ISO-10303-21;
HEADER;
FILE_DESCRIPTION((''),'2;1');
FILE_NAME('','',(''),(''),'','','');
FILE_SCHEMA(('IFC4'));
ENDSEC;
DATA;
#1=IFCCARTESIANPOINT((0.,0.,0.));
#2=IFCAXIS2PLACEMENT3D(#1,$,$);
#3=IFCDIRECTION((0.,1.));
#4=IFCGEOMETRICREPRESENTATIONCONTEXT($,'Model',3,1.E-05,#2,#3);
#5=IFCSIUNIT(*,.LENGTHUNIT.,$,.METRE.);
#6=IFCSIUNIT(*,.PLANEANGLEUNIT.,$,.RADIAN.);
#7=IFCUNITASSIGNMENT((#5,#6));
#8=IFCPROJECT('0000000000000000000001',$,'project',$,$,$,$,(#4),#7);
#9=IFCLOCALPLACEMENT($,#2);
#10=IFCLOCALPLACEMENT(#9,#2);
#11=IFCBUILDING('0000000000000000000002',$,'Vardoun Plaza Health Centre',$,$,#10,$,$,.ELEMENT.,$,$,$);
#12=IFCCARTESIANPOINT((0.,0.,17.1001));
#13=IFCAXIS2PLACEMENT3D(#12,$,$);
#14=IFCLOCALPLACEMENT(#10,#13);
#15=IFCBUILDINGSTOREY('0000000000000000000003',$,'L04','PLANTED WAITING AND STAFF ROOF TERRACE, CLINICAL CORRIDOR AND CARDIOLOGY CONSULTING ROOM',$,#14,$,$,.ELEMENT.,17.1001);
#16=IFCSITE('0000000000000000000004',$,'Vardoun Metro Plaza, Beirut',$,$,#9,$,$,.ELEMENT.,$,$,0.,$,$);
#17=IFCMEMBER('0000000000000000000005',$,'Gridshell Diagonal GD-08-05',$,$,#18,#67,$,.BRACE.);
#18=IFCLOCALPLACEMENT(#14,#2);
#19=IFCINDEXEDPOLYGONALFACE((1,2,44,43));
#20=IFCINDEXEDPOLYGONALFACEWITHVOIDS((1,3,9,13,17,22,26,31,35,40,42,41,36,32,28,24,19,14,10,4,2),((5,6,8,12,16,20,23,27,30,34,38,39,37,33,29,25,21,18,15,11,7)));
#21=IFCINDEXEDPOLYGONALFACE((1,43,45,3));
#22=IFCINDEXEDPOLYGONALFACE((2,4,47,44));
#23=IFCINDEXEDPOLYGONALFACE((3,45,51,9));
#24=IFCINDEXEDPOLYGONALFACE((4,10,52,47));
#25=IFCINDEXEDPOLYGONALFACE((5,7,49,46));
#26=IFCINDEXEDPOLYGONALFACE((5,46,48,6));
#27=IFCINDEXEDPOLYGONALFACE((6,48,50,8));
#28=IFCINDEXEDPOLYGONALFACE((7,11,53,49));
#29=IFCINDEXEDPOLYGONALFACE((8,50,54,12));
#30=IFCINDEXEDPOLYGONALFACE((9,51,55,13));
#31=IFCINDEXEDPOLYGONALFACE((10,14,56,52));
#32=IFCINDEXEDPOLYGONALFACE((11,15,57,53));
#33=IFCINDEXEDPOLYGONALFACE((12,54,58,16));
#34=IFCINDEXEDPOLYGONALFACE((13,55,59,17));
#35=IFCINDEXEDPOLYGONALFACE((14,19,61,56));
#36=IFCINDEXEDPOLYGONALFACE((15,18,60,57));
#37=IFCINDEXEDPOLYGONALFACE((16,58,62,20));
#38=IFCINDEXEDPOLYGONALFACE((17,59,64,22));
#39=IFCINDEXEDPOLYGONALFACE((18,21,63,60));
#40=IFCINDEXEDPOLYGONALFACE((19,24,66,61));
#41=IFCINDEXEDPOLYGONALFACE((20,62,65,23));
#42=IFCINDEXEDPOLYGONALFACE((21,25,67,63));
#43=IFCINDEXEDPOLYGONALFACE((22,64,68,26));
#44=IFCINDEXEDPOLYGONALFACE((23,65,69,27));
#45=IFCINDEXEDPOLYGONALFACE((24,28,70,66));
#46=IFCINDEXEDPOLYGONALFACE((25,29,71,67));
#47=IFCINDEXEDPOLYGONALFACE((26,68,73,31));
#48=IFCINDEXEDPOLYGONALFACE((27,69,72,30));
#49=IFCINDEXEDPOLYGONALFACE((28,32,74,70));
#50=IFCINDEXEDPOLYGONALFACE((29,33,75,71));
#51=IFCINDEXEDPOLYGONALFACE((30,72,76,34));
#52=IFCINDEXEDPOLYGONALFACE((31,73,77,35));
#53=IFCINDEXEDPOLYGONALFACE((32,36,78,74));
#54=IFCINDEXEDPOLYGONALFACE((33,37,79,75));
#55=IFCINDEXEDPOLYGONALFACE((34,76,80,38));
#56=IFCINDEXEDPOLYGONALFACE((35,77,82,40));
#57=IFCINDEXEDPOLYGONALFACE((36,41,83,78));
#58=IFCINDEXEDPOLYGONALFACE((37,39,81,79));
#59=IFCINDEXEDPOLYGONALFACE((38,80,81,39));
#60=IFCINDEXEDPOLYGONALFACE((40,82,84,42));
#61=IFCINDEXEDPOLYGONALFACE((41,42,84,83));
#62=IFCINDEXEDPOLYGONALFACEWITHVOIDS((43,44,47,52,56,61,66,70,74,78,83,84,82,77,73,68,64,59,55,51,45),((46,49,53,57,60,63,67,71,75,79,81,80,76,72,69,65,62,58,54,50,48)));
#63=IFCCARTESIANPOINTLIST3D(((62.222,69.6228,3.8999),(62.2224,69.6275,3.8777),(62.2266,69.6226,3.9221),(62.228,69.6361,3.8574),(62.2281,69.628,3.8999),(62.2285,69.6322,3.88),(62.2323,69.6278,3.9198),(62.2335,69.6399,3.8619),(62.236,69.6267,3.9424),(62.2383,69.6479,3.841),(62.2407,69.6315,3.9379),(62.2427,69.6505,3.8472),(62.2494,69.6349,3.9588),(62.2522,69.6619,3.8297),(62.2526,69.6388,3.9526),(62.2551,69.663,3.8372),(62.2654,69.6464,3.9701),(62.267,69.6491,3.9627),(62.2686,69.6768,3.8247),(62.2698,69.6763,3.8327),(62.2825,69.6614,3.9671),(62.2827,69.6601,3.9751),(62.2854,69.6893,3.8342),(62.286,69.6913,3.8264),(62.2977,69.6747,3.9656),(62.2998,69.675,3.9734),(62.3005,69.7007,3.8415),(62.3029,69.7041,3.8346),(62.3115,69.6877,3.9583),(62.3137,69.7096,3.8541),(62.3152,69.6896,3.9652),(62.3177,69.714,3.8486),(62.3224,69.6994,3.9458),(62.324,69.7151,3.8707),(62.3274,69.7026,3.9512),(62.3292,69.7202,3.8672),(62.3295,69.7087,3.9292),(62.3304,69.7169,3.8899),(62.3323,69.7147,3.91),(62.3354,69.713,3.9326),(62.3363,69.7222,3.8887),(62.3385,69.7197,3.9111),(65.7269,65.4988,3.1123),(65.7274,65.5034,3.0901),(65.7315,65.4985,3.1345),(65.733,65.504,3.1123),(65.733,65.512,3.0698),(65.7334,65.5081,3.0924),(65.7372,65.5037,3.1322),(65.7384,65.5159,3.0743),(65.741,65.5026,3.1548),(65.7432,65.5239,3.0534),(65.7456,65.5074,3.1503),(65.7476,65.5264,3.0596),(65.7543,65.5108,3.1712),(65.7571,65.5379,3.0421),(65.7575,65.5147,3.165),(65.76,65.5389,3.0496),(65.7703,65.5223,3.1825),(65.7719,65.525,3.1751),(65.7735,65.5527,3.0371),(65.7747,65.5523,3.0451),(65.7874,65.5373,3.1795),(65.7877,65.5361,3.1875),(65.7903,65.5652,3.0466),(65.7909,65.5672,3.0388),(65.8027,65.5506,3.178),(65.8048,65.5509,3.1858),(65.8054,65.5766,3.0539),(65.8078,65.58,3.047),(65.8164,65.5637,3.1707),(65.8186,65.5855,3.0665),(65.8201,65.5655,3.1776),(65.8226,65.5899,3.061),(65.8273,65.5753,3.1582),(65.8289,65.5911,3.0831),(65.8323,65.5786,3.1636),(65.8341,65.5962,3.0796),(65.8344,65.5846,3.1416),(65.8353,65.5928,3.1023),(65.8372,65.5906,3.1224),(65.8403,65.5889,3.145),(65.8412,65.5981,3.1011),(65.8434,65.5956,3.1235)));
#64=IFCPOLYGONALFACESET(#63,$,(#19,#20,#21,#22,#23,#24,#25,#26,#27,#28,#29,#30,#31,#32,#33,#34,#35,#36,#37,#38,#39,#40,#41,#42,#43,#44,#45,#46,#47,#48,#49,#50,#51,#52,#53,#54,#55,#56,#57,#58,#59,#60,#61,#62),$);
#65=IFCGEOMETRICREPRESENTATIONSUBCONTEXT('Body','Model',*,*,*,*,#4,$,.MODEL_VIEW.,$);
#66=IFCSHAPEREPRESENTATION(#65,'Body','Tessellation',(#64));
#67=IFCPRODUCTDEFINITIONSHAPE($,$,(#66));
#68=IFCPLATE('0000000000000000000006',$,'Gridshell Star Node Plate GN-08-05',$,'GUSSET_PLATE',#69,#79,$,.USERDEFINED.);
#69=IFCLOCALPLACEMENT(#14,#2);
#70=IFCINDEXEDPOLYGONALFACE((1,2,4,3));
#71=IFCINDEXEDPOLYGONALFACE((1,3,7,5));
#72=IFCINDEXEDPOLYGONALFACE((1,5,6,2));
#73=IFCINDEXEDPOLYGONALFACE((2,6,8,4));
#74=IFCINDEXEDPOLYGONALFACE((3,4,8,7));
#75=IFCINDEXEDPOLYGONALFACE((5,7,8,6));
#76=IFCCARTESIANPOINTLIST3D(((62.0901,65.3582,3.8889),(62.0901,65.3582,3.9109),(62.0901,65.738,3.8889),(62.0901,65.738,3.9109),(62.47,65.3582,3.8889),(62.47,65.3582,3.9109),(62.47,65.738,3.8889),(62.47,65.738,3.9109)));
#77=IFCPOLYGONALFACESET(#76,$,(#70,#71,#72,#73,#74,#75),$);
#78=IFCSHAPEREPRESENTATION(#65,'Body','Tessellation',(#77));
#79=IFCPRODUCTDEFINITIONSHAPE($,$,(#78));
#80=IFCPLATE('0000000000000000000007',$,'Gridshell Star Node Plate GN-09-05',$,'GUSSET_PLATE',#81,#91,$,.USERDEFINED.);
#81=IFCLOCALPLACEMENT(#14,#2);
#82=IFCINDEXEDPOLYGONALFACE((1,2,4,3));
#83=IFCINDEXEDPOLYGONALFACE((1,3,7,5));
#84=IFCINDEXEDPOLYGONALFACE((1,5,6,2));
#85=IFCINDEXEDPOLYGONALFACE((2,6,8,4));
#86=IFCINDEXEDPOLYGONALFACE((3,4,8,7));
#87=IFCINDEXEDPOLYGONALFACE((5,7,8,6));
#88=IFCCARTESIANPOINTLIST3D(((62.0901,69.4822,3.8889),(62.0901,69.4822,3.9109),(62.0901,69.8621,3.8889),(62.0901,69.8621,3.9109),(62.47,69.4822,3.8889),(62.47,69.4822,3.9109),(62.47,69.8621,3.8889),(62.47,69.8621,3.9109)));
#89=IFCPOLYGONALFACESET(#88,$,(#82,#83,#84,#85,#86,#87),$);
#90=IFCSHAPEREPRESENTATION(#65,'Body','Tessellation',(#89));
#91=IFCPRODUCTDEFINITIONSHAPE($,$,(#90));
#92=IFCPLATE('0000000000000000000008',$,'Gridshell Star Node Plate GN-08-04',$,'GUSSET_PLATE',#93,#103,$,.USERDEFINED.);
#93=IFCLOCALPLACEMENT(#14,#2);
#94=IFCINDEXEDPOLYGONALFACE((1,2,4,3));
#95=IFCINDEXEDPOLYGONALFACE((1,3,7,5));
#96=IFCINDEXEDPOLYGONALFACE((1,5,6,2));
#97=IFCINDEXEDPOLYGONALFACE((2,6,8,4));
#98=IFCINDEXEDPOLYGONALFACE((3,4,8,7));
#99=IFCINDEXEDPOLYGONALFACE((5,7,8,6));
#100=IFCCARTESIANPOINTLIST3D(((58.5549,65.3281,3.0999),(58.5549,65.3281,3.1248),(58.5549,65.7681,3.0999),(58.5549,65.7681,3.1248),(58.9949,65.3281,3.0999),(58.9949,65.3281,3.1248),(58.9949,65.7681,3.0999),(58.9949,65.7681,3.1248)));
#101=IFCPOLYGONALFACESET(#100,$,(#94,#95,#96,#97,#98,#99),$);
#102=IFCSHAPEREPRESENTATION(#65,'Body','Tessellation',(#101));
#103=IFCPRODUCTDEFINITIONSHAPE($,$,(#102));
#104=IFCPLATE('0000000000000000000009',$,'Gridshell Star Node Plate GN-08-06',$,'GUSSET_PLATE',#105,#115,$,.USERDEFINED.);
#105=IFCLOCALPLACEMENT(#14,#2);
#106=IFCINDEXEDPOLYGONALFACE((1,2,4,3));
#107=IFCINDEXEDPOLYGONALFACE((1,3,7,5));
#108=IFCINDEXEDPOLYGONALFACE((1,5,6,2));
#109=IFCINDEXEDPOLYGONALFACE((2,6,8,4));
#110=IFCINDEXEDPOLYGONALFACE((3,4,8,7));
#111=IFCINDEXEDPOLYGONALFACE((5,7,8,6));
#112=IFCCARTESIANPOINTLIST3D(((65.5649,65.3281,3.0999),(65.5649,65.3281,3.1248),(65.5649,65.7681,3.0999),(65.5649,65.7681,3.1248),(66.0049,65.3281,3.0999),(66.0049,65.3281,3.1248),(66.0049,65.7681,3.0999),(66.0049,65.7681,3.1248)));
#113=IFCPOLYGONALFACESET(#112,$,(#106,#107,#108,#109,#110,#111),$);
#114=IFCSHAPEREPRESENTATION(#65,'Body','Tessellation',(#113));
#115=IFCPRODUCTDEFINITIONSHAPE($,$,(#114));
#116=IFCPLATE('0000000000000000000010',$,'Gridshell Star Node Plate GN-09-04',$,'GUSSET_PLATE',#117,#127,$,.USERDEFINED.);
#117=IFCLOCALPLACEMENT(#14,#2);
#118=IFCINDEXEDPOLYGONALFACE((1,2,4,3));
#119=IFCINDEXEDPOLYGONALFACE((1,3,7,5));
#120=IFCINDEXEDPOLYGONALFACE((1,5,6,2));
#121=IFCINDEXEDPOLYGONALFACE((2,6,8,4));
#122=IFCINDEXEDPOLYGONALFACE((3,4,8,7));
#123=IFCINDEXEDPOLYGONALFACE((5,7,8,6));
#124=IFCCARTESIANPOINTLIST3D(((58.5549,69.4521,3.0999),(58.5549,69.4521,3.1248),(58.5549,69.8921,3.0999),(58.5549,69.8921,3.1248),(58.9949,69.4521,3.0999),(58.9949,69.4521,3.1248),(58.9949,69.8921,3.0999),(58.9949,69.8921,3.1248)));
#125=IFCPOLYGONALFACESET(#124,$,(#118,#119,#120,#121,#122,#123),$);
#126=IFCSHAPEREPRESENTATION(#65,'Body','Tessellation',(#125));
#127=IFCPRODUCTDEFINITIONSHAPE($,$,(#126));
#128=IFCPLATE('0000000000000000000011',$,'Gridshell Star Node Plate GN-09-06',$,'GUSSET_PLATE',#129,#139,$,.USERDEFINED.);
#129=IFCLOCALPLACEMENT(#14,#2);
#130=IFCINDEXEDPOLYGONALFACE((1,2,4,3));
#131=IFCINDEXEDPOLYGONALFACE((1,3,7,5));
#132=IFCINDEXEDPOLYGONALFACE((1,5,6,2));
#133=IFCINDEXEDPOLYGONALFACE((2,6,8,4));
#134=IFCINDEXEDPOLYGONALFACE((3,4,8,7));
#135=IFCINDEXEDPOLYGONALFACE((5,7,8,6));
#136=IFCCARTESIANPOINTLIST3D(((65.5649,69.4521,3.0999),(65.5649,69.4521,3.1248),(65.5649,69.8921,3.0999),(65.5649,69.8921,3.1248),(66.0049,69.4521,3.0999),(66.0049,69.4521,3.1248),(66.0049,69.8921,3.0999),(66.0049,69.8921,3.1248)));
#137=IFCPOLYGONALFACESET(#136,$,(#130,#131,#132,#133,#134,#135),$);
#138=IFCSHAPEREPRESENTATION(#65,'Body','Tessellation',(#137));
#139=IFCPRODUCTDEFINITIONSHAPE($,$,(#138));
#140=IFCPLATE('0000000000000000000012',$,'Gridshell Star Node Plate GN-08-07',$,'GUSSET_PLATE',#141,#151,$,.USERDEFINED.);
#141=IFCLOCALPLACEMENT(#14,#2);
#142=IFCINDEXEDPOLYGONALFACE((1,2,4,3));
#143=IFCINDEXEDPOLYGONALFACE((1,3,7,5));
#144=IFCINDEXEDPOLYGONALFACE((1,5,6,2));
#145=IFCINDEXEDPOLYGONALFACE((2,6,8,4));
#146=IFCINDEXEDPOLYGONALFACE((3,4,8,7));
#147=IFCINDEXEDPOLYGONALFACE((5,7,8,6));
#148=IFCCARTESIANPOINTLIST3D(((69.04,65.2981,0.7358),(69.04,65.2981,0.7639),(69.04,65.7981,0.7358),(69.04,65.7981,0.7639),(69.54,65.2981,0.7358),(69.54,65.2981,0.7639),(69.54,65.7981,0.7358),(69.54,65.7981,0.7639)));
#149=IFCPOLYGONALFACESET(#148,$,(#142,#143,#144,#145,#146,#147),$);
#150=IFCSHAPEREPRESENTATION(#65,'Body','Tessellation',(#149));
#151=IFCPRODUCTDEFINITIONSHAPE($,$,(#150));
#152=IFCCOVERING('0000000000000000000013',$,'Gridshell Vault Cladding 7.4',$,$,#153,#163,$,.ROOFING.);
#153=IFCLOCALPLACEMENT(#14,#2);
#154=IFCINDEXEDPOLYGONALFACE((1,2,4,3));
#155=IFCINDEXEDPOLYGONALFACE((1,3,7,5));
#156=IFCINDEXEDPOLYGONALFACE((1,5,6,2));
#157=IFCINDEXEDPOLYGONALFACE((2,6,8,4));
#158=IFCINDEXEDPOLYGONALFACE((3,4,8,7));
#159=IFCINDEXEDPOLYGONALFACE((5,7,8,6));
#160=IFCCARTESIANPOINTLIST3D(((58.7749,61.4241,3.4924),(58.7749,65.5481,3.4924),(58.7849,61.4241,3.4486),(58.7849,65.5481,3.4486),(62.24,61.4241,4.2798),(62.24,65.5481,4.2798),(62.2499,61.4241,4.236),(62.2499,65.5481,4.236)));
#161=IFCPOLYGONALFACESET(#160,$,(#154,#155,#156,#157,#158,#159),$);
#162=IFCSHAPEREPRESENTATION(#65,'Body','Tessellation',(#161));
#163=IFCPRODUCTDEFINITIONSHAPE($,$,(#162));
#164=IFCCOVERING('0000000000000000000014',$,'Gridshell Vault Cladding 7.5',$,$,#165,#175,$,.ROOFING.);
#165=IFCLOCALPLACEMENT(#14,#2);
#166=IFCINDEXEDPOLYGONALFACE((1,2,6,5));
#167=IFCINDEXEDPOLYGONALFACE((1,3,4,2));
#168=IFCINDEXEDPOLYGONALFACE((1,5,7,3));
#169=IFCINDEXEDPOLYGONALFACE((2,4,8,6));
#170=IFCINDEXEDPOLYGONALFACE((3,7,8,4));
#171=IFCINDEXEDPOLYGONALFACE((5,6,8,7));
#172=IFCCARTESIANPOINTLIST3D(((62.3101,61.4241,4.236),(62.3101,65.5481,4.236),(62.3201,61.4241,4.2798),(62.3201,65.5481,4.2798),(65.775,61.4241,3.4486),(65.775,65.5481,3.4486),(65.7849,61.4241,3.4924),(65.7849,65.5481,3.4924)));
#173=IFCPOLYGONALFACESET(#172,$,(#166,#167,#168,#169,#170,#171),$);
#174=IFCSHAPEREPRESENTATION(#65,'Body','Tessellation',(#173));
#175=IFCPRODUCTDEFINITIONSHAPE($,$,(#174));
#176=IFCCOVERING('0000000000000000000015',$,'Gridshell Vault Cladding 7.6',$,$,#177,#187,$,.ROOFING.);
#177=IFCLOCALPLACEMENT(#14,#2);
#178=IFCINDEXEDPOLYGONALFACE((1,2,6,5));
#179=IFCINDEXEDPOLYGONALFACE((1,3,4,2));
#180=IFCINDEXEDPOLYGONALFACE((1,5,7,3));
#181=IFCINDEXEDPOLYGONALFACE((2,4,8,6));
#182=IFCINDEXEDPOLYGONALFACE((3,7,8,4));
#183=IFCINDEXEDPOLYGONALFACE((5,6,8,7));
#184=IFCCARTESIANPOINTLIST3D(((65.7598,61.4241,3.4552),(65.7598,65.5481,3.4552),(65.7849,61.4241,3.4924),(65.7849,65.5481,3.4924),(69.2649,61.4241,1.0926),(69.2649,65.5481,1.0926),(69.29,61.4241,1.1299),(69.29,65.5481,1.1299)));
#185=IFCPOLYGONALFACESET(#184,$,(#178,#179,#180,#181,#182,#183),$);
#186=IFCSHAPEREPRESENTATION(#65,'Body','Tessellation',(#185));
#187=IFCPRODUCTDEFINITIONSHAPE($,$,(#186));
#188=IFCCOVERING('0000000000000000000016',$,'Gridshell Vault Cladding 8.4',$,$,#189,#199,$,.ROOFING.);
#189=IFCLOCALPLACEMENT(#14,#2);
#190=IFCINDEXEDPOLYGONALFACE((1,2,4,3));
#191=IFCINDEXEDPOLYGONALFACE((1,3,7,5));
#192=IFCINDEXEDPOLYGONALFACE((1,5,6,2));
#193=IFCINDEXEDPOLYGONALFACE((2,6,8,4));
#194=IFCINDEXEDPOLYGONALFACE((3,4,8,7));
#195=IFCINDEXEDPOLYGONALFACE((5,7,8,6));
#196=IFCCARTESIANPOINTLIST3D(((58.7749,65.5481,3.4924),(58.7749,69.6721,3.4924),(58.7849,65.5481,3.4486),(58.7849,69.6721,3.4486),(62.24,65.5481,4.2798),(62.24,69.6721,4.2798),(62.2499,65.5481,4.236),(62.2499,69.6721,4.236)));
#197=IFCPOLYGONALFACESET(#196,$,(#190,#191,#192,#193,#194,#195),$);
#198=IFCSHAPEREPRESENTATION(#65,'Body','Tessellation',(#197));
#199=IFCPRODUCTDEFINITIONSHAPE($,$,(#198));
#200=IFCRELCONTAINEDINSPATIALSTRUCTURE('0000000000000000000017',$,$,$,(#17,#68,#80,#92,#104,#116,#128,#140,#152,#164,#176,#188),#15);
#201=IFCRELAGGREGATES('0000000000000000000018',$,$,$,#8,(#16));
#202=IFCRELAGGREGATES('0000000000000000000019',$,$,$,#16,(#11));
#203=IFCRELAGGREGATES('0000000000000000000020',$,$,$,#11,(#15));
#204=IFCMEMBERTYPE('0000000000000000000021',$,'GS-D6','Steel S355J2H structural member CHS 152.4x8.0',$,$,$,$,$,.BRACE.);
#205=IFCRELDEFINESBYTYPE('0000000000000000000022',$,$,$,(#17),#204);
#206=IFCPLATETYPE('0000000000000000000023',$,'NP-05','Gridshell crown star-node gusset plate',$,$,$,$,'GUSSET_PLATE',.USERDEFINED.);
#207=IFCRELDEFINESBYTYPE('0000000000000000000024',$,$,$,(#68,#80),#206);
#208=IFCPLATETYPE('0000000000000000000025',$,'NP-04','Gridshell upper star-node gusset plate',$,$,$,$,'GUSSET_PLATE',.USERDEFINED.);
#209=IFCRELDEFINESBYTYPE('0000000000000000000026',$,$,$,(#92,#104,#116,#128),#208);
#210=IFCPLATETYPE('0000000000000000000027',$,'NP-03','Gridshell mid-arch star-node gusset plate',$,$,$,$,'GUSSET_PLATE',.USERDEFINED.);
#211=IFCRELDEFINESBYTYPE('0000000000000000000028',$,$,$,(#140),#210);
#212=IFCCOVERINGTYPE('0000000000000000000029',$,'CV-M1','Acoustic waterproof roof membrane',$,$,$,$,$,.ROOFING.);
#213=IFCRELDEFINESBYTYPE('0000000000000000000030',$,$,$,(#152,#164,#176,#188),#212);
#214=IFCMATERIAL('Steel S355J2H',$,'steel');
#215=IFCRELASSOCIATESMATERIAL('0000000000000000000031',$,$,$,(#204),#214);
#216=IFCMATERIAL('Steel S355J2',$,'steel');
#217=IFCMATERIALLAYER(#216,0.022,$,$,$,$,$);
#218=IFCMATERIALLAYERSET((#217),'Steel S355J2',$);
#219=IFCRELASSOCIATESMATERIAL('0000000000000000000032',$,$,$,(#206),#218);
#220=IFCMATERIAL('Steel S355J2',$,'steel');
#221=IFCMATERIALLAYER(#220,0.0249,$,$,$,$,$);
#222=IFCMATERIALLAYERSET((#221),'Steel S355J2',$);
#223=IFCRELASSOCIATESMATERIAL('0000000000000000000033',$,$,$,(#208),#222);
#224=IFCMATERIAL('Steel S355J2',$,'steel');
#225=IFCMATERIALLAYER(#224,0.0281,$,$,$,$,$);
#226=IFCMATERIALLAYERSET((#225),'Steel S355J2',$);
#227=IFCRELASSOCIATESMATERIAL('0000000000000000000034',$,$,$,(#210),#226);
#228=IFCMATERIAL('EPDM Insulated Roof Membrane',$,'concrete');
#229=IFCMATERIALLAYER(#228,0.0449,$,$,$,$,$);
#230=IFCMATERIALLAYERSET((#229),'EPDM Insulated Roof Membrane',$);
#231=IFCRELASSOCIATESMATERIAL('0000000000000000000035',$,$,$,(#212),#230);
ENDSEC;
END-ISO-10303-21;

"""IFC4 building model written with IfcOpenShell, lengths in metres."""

from ifc_helpers import new_model, si_unit, direction, frame, origin, origin_2d, place, context, subcontext, project, spatial, polyline, rectangle, hollow_circle, outline, extrude, material, layer, layer_set, material_profile, profile_set, type_object, element, save


model = new_model("IFC4")

# Units and contexts
model_context = context("Model", 3, precision=1e-05, world=origin(), true_north=direction((0.0, 1.0)))
body_context = subcontext(model_context, "Body", "Model", "MODEL_VIEW")
ifc_project = project(units=[si_unit("LENGTHUNIT", "METRE"), si_unit("PLANEANGLEUNIT", "RADIAN")], contexts=[model_context])

# Site, building, storey
site_placement = place(None, origin())
site = spatial("IfcSite", under=ifc_project, at=site_placement, Name="Vardoun Metro Plaza, Beirut", CompositionType="ELEMENT", RefElevation=0.0)
building_placement = place(site_placement, origin())
building = spatial("IfcBuilding", under=site, at=building_placement, Name="Vardoun Plaza Health Centre", CompositionType="ELEMENT")
storey_placement = place(building_placement, frame((0.0, 0.0, 17.1001)))
storey = spatial("IfcBuildingStorey", under=building, at=storey_placement, Name="L04", Description="PLANTED WAITING AND STAFF ROOF TERRACE, CLINICAL CORRIDOR AND CARDIOLOGY CONSULTING ROOM", CompositionType="ELEMENT", Elevation=17.1001)

# Member
ifc_material_1 = material(Name="Steel S355J2H", Category="steel")
ifc_material_profile_1 = material_profile(ifc_material_1, hollow_circle(Radius=0.0762, WallThickness=0.0081, at=origin_2d()), Name="CHS 152.4x8.0")
ifc_profile_set_1 = profile_set([ifc_material_profile_1], Name="Steel S355J2H")
member_type_1 = type_object("IfcMemberType", Name="GS-D6", Description="Steel S355J2H structural member CHS 152.4x8.0", PredefinedType="BRACE", material=ifc_profile_set_1)
member_1_placement = place(storey_placement, frame((65.7849, 65.5481, 3.1123), z_axis=(-0.640841, 0.754046, 0.144006), x_axis=(-0.761988, -0.647591, 0.0)))
element("IfcMember", 1, at=member_1_placement, inside=storey, type_object=member_type_1, Name="Gridshell Diagonal GD-08-05", PredefinedType="BRACE", context=body_context, shape_type="SweptSolid", body=[
    extrude(hollow_circle(Radius=0.0762, WallThickness=0.0081, at=origin_2d()), origin(), (0.0, 0.0, 1.0), 5.4692),
])

# Plates
ifc_material_2 = material(Name="Steel S355J2", Category="steel")
ifc_layer_1 = layer(ifc_material_2, 0.022)
ifc_layer_set_1 = layer_set([ifc_layer_1], Name="Steel S355J2")
plate_type_1 = type_object("IfcPlateType", Name="NP-05", Description="Gridshell crown star-node gusset plate", ElementType="GUSSET_PLATE", PredefinedType="USERDEFINED", material=ifc_layer_set_1)
for number, where, z_axis, x_axis, name in (
    (2, (62.28, 65.5481, 3.8889), (0.0, 0.0, 1.0), (1.0, 0.0, 0.0), "Gridshell Star Node Plate GN-08-05"),
    (3, (62.28, 69.6721, 3.8889), (0.0, 0.0, 1.0), (1.0, 0.0, 0.0), "Gridshell Star Node Plate GN-09-05"),
):
    element("IfcPlate", number, at=place(storey_placement, frame(where, z_axis=z_axis, x_axis=x_axis)), inside=storey, type_object=plate_type_1, Name=name, ObjectType="GUSSET_PLATE", PredefinedType="USERDEFINED", context=body_context, shape_type="SweptSolid", body=[
        extrude(rectangle(XDim=0.3799, YDim=0.3799, at=origin_2d()), origin(), (0.0, 0.0, 1.0), 0.022),
    ])
ifc_material_3 = material(Name="Steel S355J2", Category="steel")
ifc_layer_2 = layer(ifc_material_3, 0.0249)
ifc_layer_set_2 = layer_set([ifc_layer_2], Name="Steel S355J2")
plate_type_2 = type_object("IfcPlateType", Name="NP-04", Description="Gridshell upper star-node gusset plate", ElementType="GUSSET_PLATE", PredefinedType="USERDEFINED", material=ifc_layer_set_2)
for number, where, z_axis, x_axis, name in (
    (4, (58.7749, 65.5481, 3.0999), (0.0, 0.0, 1.0), (1.0, 0.0, 0.0), "Gridshell Star Node Plate GN-08-04"),
    (5, (65.7849, 65.5481, 3.0999), (0.0, 0.0, 1.0), (1.0, 0.0, 0.0), "Gridshell Star Node Plate GN-08-06"),
    (6, (58.7749, 69.6721, 3.0999), (0.0, 0.0, 1.0), (1.0, 0.0, 0.0), "Gridshell Star Node Plate GN-09-04"),
    (7, (65.7849, 69.6721, 3.0999), (0.0, 0.0, 1.0), (1.0, 0.0, 0.0), "Gridshell Star Node Plate GN-09-06"),
):
    element("IfcPlate", number, at=place(storey_placement, frame(where, z_axis=z_axis, x_axis=x_axis)), inside=storey, type_object=plate_type_2, Name=name, ObjectType="GUSSET_PLATE", PredefinedType="USERDEFINED", context=body_context, shape_type="SweptSolid", body=[
        extrude(rectangle(XDim=0.4399, YDim=0.4399, at=origin_2d()), origin(), (0.0, 0.0, 1.0), 0.0249),
    ])
ifc_material_4 = material(Name="Steel S355J2", Category="steel")
ifc_layer_3 = layer(ifc_material_4, 0.0281)
ifc_layer_set_3 = layer_set([ifc_layer_3], Name="Steel S355J2")
plate_type_3 = type_object("IfcPlateType", Name="NP-03", Description="Gridshell mid-arch star-node gusset plate", ElementType="GUSSET_PLATE", PredefinedType="USERDEFINED", material=ifc_layer_set_3)
plate_placement = place(storey_placement, frame((69.29, 65.5481, 0.7358), z_axis=(0.0, 0.0, 1.0), x_axis=(1.0, 0.0, 0.0)))
element("IfcPlate", 8, at=plate_placement, inside=storey, type_object=plate_type_3, Name="Gridshell Star Node Plate GN-08-07", ObjectType="GUSSET_PLATE", PredefinedType="USERDEFINED", context=body_context, shape_type="SweptSolid", body=[
    extrude(rectangle(XDim=0.5, YDim=0.5, at=origin_2d()), origin(), (0.0, 0.0, 1.0), 0.0281),
])

# Coverings
ifc_material_5 = material(Name="EPDM Insulated Roof Membrane", Category="concrete")
ifc_layer_4 = layer(ifc_material_5, 0.0449)
ifc_layer_set_4 = layer_set([ifc_layer_4], Name="EPDM Insulated Roof Membrane")
covering_type = type_object("IfcCoveringType", Name="CV-M1", Description="Acoustic waterproof roof membrane", PredefinedType="ROOFING", material=ifc_layer_set_4)
covering_1_placement = place(storey_placement, frame((58.7749, 61.4241, 3.4924), z_axis=(-0.221577, 0.0, 0.975143), x_axis=(0.975143, 0.0, 0.221577)))
element("IfcCovering", 9, at=covering_1_placement, inside=storey, type_object=covering_type, Name="Gridshell Vault Cladding 7.4", PredefinedType="ROOFING", context=body_context, shape_type="SweptSolid", body=[
    extrude(outline(polyline([(0.0, 0.0), (3.5534, 0.0), (3.5534, 4.124), (0.0, 4.124), (0.0, 0.0)])), origin(), (0.0, 0.0, -1.0), 0.0449),
])
covering_2_placement = place(storey_placement, frame((62.3201, 61.4241, 4.2798), z_axis=(0.221591, 0.0, 0.97514), x_axis=(0.97514, 0.0, -0.221591)))
element("IfcCovering", 10, at=covering_2_placement, inside=storey, type_object=covering_type, Name="Gridshell Vault Cladding 7.5", PredefinedType="ROOFING", context=body_context, shape_type="SweptSolid", body=[
    extrude(outline(polyline([(0.0, 0.0), (3.5532, 0.0), (3.5532, 4.124), (0.0, 4.124), (0.0, 0.0)])), origin(), (0.0, 0.0, -1.0), 0.0449),
])
covering_3_placement = place(storey_placement, frame((65.7849, 61.4241, 3.4924), z_axis=(0.558918, 0.0, 0.829223), x_axis=(0.829223, 0.0, -0.558918)))
element("IfcCovering", 11, at=covering_3_placement, inside=storey, type_object=covering_type, Name="Gridshell Vault Cladding 7.6", PredefinedType="ROOFING", context=body_context, shape_type="SweptSolid", body=[
    extrude(outline(polyline([(0.0, 0.0), (4.227, 0.0), (4.227, 4.124), (0.0, 4.124), (0.0, 0.0)])), origin(), (0.0, 0.0, -1.0), 0.0449),
])
covering_4_placement = place(storey_placement, frame((58.7749, 65.5481, 3.4924), z_axis=(-0.221577, 0.0, 0.975143), x_axis=(0.975143, 0.0, 0.221577)))
element("IfcCovering", 12, at=covering_4_placement, inside=storey, type_object=covering_type, Name="Gridshell Vault Cladding 8.4", PredefinedType="ROOFING", context=body_context, shape_type="SweptSolid", body=[
    extrude(outline(polyline([(0.0, 0.0), (3.5534, 0.0), (3.5534, 4.124), (0.0, 4.124), (0.0, 0.0)])), origin(), (0.0, 0.0, -1.0), 0.0449),
])

save(model, "model.ifc")
